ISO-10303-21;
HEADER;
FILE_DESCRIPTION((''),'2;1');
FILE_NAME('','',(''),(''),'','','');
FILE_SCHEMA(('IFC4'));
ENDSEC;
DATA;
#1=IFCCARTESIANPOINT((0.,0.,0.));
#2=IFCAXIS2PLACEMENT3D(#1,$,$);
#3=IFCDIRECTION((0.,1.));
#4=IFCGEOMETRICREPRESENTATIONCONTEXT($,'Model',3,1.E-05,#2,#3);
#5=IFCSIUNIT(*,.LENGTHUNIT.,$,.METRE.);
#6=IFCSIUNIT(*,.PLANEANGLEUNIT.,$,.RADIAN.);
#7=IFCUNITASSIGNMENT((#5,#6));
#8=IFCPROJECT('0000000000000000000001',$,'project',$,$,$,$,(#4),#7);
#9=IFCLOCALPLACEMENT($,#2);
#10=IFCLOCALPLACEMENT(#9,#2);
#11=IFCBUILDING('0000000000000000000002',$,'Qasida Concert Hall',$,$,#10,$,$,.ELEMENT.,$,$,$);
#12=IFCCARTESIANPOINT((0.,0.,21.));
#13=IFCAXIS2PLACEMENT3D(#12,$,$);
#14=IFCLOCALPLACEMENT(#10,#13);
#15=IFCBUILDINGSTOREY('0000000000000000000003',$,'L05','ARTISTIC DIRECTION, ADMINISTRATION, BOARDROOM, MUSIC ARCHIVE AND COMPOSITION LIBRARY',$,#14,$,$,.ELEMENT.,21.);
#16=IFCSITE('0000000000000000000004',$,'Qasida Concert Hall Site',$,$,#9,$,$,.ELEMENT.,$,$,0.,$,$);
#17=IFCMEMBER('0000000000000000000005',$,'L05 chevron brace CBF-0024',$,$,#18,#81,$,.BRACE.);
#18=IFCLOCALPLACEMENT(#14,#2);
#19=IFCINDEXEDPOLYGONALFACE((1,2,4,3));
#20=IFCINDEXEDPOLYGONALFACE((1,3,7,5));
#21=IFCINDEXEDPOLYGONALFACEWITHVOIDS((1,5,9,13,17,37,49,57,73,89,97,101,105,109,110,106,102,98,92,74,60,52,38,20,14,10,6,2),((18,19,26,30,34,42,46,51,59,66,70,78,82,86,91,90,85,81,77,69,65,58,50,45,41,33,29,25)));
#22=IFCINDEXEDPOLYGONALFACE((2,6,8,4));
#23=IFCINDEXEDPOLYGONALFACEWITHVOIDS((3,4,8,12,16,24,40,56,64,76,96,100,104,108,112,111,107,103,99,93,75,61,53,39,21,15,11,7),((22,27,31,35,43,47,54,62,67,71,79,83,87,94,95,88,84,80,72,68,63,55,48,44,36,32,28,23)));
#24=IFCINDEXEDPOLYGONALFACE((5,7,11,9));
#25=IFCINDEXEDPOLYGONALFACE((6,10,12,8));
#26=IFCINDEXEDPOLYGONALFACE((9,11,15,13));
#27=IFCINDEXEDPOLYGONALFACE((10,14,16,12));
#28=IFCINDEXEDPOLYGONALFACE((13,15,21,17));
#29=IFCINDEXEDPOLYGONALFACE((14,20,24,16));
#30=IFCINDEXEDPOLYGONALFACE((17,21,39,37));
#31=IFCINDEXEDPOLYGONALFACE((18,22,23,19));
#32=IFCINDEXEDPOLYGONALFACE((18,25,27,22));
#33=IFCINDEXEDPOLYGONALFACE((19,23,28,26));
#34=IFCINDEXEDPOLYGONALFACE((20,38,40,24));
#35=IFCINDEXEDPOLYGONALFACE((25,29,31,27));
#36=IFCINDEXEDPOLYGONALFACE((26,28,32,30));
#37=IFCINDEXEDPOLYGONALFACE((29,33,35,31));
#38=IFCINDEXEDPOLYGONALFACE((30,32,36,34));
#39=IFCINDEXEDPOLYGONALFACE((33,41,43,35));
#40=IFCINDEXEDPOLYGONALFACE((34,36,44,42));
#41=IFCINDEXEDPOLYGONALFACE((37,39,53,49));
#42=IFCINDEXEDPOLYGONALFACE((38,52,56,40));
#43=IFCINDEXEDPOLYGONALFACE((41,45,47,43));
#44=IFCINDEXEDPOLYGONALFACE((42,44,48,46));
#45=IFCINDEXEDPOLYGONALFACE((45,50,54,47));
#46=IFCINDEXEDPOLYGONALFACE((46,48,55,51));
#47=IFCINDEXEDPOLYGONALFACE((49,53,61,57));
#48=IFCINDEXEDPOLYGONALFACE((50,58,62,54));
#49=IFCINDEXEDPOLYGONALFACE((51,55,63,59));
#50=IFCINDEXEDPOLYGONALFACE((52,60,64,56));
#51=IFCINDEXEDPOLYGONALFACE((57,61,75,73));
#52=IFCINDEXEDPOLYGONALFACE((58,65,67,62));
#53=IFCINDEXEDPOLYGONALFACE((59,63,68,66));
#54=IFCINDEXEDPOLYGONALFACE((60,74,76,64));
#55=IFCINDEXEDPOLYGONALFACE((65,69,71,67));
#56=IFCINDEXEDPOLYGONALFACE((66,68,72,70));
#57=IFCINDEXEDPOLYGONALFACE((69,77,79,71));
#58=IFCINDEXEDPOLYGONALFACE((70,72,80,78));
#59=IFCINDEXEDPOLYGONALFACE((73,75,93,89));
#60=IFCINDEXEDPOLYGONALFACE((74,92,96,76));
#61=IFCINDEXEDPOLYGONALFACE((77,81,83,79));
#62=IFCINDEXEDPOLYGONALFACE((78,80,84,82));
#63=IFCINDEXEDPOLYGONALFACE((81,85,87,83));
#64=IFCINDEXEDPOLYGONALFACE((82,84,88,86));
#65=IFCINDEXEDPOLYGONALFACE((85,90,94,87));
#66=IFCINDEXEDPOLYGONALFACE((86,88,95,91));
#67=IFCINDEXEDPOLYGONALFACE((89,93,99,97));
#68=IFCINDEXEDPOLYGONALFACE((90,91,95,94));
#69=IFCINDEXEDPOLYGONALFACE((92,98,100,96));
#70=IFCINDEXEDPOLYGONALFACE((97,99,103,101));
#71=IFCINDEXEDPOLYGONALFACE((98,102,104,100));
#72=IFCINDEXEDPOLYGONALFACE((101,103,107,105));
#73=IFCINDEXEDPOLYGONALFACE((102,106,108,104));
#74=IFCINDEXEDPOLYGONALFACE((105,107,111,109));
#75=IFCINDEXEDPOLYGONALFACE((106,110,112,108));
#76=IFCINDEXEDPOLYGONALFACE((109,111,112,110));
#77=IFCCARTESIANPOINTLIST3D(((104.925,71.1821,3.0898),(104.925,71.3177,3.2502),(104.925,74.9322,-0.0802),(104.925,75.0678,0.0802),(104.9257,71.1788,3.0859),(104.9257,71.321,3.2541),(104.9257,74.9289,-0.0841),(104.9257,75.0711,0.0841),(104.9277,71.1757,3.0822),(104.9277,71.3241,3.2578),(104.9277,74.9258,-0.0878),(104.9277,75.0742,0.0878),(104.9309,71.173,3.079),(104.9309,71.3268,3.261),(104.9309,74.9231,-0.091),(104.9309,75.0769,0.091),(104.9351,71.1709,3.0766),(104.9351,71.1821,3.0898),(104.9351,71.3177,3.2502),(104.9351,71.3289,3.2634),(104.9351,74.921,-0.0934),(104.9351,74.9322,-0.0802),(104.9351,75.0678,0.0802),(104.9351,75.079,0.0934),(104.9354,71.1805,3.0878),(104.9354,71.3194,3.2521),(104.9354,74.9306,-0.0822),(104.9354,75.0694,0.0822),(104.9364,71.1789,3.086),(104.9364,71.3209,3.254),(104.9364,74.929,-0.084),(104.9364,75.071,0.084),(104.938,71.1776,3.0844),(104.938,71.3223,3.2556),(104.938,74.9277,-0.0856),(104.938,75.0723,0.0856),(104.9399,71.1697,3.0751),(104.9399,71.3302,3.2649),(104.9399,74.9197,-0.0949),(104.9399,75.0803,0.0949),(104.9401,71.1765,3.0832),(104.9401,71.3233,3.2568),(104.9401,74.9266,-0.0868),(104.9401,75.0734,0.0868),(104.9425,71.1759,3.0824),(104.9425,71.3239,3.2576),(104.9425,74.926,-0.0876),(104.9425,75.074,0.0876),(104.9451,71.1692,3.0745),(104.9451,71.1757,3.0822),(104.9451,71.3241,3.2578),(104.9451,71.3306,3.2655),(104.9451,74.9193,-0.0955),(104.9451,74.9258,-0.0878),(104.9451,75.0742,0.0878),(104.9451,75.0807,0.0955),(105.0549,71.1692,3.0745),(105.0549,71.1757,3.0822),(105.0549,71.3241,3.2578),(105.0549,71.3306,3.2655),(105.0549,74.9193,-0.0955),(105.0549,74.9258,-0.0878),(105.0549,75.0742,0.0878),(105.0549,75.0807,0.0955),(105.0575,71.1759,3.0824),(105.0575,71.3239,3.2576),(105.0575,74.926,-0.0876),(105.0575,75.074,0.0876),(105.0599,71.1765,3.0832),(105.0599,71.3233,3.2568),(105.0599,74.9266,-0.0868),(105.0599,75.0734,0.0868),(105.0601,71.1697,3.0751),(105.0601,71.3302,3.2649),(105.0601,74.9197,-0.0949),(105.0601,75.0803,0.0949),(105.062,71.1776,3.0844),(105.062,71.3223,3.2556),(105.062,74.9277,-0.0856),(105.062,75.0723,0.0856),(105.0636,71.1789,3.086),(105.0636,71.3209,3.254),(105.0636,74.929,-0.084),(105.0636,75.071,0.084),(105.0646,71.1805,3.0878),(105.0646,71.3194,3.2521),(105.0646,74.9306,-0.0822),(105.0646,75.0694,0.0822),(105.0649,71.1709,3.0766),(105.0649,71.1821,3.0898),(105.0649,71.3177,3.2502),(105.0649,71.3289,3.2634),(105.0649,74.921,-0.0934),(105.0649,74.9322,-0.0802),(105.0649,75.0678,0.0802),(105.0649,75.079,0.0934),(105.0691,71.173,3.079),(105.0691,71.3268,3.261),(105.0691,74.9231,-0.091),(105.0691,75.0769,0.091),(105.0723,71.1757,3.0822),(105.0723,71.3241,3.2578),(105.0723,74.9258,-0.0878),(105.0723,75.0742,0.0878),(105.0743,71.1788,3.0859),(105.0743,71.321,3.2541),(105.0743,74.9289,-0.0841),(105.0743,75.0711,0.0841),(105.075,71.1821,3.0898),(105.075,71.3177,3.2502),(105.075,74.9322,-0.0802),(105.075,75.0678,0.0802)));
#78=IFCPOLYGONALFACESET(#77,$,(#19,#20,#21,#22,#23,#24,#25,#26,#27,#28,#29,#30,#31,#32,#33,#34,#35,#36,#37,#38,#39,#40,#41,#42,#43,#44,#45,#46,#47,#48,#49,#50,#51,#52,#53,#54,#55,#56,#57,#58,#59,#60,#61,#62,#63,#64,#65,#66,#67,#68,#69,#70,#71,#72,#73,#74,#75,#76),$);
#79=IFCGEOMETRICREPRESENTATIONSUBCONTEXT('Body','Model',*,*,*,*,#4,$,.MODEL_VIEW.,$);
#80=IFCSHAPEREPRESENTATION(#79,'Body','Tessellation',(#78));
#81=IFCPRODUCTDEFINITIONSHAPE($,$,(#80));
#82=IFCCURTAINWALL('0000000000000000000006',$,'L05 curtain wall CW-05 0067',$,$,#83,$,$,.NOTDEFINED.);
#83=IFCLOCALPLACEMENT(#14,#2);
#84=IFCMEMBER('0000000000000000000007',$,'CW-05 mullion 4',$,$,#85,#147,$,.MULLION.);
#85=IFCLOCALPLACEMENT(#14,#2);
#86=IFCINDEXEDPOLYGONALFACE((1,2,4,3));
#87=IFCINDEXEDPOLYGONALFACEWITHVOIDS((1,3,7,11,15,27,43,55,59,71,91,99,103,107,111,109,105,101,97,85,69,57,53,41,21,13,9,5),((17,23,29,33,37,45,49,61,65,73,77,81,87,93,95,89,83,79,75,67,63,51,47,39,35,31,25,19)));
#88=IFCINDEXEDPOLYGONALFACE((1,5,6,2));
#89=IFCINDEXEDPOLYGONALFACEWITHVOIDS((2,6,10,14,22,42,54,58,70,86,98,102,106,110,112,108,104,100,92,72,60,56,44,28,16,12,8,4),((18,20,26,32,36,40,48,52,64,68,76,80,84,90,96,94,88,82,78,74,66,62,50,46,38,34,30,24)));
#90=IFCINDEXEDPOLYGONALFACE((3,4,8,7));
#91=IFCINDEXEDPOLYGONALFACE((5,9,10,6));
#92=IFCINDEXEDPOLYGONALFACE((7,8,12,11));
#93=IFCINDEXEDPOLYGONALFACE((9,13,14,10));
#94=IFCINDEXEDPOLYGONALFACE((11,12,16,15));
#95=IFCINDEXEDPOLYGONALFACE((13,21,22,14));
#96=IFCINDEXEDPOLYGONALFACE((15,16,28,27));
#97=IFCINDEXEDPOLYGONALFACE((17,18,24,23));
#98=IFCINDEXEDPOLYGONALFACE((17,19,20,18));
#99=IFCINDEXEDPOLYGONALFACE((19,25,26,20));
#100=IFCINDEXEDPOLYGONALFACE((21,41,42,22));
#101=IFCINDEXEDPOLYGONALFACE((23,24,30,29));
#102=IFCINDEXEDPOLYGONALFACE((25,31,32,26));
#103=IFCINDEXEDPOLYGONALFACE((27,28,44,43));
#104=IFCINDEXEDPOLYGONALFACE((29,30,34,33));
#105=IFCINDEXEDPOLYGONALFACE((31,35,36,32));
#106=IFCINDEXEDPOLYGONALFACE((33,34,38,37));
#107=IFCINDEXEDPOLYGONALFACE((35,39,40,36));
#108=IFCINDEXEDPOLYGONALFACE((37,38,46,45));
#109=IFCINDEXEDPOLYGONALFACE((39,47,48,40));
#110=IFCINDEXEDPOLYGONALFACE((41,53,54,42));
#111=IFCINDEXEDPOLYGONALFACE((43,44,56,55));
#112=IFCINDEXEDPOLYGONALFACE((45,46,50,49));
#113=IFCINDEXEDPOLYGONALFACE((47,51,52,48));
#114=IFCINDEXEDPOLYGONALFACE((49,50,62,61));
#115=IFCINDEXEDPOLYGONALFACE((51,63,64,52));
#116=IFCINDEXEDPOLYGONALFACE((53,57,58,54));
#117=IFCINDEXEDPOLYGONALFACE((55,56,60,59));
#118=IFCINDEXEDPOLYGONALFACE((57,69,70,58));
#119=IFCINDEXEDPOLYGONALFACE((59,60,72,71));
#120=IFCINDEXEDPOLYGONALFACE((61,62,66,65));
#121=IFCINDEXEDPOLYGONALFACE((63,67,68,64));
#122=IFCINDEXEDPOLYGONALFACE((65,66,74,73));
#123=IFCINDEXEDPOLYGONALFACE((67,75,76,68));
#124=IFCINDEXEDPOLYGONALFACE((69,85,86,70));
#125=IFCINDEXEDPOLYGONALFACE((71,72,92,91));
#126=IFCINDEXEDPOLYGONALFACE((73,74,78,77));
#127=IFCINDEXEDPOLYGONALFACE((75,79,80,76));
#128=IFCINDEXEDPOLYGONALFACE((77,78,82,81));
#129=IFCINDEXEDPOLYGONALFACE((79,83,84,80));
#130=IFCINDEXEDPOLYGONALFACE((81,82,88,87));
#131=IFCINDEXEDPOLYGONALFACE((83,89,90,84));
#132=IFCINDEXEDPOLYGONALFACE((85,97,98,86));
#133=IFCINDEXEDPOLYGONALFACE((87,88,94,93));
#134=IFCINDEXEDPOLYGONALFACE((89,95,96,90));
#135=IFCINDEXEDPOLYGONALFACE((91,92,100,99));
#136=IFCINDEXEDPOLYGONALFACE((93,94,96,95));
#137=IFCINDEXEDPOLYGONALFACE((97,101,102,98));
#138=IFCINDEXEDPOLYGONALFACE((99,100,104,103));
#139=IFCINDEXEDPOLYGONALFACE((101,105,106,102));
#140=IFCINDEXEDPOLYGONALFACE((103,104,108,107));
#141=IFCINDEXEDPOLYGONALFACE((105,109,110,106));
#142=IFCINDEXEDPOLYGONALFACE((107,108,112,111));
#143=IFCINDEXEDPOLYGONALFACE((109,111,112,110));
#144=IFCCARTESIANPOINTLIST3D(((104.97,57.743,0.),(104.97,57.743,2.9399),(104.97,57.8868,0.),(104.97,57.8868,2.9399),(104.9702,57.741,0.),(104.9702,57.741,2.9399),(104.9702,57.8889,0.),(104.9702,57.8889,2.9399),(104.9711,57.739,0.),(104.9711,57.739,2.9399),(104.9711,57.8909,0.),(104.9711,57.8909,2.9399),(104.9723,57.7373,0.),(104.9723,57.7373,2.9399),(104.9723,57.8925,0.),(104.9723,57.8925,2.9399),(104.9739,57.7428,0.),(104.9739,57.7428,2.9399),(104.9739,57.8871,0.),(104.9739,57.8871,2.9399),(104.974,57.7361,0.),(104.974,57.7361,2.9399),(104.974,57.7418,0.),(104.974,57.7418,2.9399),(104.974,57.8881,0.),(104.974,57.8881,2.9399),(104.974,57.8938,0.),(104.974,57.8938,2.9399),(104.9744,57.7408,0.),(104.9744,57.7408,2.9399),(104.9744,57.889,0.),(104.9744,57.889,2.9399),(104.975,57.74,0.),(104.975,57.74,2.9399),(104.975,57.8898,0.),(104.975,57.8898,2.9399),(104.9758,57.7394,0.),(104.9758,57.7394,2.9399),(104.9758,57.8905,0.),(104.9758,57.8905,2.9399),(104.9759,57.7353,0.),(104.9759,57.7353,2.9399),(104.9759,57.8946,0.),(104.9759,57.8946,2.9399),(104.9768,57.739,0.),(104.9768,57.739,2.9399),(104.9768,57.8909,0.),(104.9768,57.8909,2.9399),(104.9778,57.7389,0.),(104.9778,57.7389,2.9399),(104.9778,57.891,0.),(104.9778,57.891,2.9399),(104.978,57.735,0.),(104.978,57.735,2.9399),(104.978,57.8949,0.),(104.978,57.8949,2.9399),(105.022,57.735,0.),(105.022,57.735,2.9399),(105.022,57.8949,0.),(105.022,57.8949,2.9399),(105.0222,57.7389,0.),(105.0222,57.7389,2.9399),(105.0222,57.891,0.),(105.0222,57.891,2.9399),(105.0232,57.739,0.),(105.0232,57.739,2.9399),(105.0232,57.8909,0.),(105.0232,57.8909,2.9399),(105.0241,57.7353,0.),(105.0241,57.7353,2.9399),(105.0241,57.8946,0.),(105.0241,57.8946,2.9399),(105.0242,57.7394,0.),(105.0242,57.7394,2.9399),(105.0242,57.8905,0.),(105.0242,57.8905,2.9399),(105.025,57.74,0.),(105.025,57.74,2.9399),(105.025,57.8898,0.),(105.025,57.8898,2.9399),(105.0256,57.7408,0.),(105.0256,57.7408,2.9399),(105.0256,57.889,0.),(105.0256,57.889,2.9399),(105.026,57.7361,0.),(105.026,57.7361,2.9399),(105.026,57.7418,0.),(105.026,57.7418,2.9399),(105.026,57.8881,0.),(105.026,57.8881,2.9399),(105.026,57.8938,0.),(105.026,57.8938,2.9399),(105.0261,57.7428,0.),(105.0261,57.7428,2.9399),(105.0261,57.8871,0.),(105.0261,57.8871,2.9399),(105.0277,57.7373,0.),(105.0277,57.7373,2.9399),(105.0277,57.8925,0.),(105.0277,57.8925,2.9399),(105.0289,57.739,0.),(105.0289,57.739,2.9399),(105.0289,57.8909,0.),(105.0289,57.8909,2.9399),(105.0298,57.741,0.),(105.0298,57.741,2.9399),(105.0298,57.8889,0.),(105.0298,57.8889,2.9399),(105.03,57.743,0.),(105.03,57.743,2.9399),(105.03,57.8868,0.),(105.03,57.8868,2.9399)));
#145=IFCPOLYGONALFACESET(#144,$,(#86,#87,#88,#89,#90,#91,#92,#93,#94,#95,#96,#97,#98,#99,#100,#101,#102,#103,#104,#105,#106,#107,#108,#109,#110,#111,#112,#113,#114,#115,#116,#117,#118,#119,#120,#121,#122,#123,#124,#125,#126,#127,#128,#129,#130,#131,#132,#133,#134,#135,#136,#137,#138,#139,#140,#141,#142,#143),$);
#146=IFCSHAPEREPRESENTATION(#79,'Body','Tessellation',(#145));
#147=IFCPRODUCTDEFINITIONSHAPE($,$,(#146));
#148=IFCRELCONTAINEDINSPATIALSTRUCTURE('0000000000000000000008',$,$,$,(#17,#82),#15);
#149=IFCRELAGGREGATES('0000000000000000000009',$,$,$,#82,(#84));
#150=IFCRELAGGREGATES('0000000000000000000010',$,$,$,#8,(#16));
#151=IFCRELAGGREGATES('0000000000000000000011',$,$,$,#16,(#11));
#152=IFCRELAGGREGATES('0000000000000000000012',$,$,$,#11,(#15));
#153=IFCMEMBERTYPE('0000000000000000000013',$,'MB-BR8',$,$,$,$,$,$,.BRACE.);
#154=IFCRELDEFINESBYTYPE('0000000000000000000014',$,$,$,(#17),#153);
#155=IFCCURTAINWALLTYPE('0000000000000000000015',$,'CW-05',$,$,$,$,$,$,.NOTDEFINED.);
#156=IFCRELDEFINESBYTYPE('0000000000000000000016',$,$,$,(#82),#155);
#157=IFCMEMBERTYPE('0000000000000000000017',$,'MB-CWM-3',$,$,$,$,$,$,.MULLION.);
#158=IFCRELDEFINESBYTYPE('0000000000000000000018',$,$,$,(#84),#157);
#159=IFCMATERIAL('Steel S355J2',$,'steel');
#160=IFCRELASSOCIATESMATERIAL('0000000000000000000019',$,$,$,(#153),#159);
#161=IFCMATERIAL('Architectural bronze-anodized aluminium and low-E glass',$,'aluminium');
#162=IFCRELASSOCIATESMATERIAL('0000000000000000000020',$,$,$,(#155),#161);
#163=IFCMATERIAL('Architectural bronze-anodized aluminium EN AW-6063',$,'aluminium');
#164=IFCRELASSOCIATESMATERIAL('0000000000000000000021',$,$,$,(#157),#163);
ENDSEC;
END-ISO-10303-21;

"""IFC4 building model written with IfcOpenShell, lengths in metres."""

from ifc_helpers import new_model, si_unit, direction, frame, origin, origin_2d, place, context, subcontext, project, spatial, hollow_rectangle, extrude, material, material_profile, profile_set, type_object, element, aggregate, save


model = new_model("IFC4")

# Units and contexts
model_context = context("Model", 3, precision=1e-05, world=origin(), true_north=direction((0.0, 1.0)))
body_context = subcontext(model_context, "Body", "Model", "MODEL_VIEW")
ifc_project = project(units=[si_unit("LENGTHUNIT", "METRE"), si_unit("PLANEANGLEUNIT", "RADIAN")], contexts=[model_context])

# Site, building, storey
site_placement = place(None, origin())
site = spatial("IfcSite", under=ifc_project, at=site_placement, Name="Qasida Concert Hall Site", CompositionType="ELEMENT", RefElevation=0.0)
building_placement = place(site_placement, origin())
building = spatial("IfcBuilding", under=site, at=building_placement, Name="Qasida Concert Hall", CompositionType="ELEMENT")
storey_placement = place(building_placement, frame((0.0, 0.0, 21.0)))
storey = spatial("IfcBuildingStorey", under=building, at=storey_placement, Name="L05", Description="ARTISTIC DIRECTION, ADMINISTRATION, BOARDROOM, MUSIC ARCHIVE AND COMPOSITION LIBRARY", CompositionType="ELEMENT", Elevation=21.0)

# Shared definitions
ifc_material_1 = material(Name="Steel S355J2", Category="steel")

# Member
ifc_material_profile_1 = material_profile(ifc_material_1, hollow_rectangle(XDim=0.1499, YDim=0.25, WallThickness=0.01, InnerFilletRadius=0.01, OuterFilletRadius=0.02, at=origin_2d()), Name="RHS 250x150x10")
ifc_profile_set_1 = profile_set([ifc_material_profile_1], Name="Steel S355J2")
member_type_1 = type_object("IfcMemberType", Name="MB-BR8", PredefinedType="BRACE", material=ifc_profile_set_1)
for number, where, z_axis, x_axis, name in (
    (1, (105.0, 75.0, 0.0), (0.0, -0.763703, 0.645568), (1.0, 0.0, 0.0), "L05 chevron brace CBF-0024"),
):
    element("IfcMember", number, at=place(storey_placement, frame(where, z_axis=z_axis, x_axis=x_axis)), inside=storey, type_object=member_type_1, Name=name, PredefinedType="BRACE", context=body_context, shape_type="SweptSolid", body=[
        extrude(hollow_rectangle(XDim=0.1499, YDim=0.25, WallThickness=0.01, InnerFilletRadius=0.01, OuterFilletRadius=0.02, at=origin_2d()), origin(), (0.0, 0.0, 1.0), 4.9104),
    ])

# Curtain wall, member
ifc_material_2 = material(Name="Architectural bronze-anodized aluminium and low-E glass", Category="aluminium")
curtain_wall_type = type_object("IfcCurtainWallType", Name="CW-05", PredefinedType="NOTDEFINED", material=ifc_material_2)
curtain_wall_placement = place(storey_placement, origin())
curtain_wall = element("IfcCurtainWall", 2, at=curtain_wall_placement, inside=storey, type_object=curtain_wall_type, Name="L05 curtain wall CW-05 0067", PredefinedType="NOTDEFINED")
ifc_material_3 = material(Name="Architectural bronze-anodized aluminium EN AW-6063", Category="aluminium")
ifc_material_profile_2 = material_profile(ifc_material_3, hollow_rectangle(XDim=0.0601, YDim=0.1599, WallThickness=0.0039, InnerFilletRadius=0.0039, OuterFilletRadius=0.0081, at=origin_2d()), Name="CWM 160x60x4")
ifc_profile_set_2 = profile_set([ifc_material_profile_2], Name="Architectural bronze-anodized aluminium EN AW-6063")
member_type_2 = type_object("IfcMemberType", Name="MB-CWM-3", PredefinedType="MULLION", material=ifc_profile_set_2)
member_1_placement = place(storey_placement, frame((105.0, 57.8149, 0.0), z_axis=(0.0, 0.0, 1.0), x_axis=(-1.0, 0.0, 0.0)))
member_1 = element("IfcMember", 3, at=member_1_placement, type_object=member_type_2, Name="CW-05 mullion 4", PredefinedType="MULLION", context=body_context, shape_type="SweptSolid", body=[
    extrude(hollow_rectangle(XDim=0.0601, YDim=0.1599, WallThickness=0.0039, InnerFilletRadius=0.0039, OuterFilletRadius=0.0081, at=origin_2d()), origin(), (0.0, 0.0, 1.0), 2.9399),
])
aggregate(curtain_wall, [member_1])

save(model, "model.ifc")
